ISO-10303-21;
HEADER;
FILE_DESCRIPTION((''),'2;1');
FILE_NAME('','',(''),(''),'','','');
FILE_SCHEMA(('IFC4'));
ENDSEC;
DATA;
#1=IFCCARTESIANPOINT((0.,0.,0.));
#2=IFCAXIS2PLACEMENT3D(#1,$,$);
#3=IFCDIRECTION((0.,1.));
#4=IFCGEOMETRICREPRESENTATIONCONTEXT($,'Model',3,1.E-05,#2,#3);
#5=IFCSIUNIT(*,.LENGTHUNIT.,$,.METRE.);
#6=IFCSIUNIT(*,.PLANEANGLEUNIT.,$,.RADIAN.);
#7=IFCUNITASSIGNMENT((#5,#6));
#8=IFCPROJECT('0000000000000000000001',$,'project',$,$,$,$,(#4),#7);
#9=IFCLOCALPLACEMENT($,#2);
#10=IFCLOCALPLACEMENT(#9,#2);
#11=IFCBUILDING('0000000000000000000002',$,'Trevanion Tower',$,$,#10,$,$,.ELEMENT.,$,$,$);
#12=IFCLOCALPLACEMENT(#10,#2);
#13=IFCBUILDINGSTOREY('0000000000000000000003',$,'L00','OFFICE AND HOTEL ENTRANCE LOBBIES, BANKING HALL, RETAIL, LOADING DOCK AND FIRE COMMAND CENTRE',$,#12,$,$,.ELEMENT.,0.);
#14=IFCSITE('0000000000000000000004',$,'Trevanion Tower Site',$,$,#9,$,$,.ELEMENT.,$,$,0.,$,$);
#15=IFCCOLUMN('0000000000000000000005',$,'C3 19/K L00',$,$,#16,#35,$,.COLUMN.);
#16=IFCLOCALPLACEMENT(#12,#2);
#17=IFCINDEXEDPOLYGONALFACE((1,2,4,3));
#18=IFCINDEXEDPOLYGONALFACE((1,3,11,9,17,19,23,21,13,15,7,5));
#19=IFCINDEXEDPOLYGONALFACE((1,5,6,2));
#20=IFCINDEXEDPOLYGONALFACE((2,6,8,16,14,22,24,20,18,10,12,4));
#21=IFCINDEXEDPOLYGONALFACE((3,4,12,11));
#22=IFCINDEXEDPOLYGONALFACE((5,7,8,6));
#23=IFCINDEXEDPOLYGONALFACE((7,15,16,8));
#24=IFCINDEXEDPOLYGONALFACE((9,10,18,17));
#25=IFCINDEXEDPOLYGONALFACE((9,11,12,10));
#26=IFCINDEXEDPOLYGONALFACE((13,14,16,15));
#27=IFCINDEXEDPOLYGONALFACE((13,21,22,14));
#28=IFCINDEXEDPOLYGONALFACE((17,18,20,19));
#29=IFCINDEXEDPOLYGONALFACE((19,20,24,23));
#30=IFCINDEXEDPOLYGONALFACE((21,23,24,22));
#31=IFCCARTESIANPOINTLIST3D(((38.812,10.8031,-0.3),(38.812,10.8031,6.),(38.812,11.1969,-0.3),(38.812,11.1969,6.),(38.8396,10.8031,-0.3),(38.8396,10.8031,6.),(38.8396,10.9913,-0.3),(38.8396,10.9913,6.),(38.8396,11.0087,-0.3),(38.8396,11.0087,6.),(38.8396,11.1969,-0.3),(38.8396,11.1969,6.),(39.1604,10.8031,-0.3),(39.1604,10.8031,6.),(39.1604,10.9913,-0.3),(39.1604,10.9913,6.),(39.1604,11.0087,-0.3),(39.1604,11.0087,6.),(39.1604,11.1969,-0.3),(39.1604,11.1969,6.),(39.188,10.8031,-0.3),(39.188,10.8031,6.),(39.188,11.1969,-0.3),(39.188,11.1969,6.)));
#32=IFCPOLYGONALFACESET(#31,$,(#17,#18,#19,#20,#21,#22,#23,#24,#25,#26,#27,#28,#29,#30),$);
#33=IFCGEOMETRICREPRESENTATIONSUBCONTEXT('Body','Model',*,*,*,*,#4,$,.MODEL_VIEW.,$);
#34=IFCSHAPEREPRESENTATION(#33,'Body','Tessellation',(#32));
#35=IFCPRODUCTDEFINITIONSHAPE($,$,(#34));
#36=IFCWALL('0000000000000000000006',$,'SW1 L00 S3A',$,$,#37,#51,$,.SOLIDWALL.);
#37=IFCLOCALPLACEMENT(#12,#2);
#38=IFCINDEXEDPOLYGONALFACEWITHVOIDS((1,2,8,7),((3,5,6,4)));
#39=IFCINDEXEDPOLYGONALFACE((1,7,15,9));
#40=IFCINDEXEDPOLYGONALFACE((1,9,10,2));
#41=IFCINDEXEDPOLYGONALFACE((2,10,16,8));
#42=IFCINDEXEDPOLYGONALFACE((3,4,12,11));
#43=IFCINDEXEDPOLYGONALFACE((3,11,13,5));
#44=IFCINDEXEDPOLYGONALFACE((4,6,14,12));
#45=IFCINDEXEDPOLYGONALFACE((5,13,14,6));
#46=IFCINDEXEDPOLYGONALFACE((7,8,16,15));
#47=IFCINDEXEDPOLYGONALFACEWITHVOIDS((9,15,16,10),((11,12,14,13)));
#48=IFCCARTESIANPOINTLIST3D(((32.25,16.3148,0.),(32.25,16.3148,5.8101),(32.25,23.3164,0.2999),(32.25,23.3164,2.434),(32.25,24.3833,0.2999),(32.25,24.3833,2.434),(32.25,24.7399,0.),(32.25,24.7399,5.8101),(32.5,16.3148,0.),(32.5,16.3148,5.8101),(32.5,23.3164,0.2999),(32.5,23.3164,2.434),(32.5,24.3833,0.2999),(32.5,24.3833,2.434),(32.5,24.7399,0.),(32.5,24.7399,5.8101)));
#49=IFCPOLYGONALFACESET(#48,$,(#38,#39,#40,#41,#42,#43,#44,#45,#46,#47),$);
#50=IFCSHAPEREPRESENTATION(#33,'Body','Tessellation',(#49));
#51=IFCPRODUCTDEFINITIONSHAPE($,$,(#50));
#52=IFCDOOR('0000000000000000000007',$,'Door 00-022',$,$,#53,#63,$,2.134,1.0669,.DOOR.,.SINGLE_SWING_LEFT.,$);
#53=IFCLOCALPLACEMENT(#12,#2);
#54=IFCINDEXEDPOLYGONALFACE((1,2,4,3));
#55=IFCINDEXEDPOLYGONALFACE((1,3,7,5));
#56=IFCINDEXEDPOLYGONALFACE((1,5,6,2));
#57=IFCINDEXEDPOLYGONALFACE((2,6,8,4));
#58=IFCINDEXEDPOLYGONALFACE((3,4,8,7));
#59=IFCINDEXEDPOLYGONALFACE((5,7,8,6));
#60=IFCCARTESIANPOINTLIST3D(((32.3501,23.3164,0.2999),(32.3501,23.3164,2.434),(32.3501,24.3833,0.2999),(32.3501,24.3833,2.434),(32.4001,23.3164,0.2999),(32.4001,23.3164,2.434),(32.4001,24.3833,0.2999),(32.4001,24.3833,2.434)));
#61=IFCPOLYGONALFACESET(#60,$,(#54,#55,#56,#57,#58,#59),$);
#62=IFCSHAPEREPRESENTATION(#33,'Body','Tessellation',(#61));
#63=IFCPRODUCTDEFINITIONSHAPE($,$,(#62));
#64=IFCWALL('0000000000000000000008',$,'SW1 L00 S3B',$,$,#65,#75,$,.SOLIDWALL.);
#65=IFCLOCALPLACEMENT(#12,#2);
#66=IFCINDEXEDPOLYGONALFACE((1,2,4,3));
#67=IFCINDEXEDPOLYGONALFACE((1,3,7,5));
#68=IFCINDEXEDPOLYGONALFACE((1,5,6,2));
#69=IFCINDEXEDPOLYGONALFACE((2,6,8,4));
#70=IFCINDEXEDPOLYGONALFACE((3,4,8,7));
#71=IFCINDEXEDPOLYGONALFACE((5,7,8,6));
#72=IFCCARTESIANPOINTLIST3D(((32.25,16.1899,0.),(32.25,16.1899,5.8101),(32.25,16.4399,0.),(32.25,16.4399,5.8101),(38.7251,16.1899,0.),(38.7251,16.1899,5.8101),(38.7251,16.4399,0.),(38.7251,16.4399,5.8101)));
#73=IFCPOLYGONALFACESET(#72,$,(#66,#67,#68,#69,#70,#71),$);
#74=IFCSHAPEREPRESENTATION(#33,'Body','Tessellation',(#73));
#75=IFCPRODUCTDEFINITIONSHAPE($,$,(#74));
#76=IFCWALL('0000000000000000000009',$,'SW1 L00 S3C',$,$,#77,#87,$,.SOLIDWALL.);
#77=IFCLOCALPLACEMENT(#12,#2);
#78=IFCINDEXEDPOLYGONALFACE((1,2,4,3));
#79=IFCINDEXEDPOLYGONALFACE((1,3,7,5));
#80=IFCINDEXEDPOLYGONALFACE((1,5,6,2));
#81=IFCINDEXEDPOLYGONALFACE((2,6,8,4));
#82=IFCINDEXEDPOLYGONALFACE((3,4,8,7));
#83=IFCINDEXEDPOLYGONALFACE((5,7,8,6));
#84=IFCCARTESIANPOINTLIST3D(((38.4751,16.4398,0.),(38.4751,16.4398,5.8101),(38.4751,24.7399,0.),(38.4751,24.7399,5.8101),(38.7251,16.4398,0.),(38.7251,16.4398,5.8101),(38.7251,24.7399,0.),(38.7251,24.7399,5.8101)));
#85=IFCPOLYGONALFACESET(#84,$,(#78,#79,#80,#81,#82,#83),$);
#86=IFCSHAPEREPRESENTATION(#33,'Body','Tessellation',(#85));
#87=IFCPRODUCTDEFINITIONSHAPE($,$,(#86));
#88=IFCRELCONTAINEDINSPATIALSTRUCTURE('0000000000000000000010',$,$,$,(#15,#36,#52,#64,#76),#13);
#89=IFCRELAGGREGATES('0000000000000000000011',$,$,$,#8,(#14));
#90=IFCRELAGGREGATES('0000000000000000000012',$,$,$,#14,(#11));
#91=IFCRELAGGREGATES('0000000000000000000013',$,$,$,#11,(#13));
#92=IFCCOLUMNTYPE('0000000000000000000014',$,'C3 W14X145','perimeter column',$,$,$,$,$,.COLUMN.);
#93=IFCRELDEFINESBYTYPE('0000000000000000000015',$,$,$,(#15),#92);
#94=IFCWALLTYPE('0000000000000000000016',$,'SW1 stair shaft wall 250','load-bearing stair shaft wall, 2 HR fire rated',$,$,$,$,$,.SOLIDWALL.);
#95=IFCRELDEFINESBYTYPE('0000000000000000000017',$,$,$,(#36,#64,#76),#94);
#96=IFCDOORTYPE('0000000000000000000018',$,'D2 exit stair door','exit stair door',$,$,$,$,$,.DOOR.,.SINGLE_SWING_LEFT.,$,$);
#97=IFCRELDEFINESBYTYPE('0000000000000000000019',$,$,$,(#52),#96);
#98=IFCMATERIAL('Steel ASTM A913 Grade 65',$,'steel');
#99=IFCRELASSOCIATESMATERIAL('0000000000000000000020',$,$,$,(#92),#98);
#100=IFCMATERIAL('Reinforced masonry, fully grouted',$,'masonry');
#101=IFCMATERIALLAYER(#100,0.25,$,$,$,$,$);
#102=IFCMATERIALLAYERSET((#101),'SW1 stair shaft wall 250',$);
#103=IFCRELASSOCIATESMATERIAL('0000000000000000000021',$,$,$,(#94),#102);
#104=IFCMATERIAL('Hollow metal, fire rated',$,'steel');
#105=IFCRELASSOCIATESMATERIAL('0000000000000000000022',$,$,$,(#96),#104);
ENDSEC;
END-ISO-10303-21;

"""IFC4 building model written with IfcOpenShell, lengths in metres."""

from ifc_helpers import new_model, si_unit, direction, frame, frame_2d, origin, origin_2d, place, context, subcontext, project, spatial, rectangle, i_section, extrude, material, layer, layer_set, material_profile, profile_set, type_object, element, fill, save


model = new_model("IFC4")

# Units and contexts
model_context = context("Model", 3, precision=1e-05, world=origin(), true_north=direction((0.0, 1.0)))
body_context = subcontext(model_context, "Body", "Model", "MODEL_VIEW")
ifc_project = project(units=[si_unit("LENGTHUNIT", "METRE"), si_unit("PLANEANGLEUNIT", "RADIAN")], contexts=[model_context])

# Site, building, storey
site_placement = place(None, origin())
site = spatial("IfcSite", under=ifc_project, at=site_placement, Name="Trevanion Tower Site", CompositionType="ELEMENT", RefElevation=0.0)
building_placement = place(site_placement, origin())
building = spatial("IfcBuilding", under=site, at=building_placement, Name="Trevanion Tower", CompositionType="ELEMENT")
storey_placement = place(building_placement, origin())
storey = spatial("IfcBuildingStorey", under=building, at=storey_placement, Name="L00", Description="OFFICE AND HOTEL ENTRANCE LOBBIES, BANKING HALL, RETAIL, LOADING DOCK AND FIRE COMMAND CENTRE", CompositionType="ELEMENT", Elevation=0.0)

# Column
ifc_material_1 = material(Name="Steel ASTM A913 Grade 65", Category="steel")
ifc_material_profile_1 = material_profile(ifc_material_1, i_section(OverallWidth=0.3938, OverallDepth=0.376, WebThickness=0.0173, FlangeThickness=0.0276, at=origin_2d()), Name="W14X145")
ifc_profile_set_1 = profile_set([ifc_material_profile_1], Name="Steel ASTM A913 Grade 65")
column_type_1 = type_object("IfcColumnType", Name="C3 W14X145", Description="perimeter column", PredefinedType="COLUMN", material=ifc_profile_set_1)
for number, where, z_axis, x_axis, name in (
    (1, (39.0, 11.0, -0.3), (0.0, 0.0, 1.0), (0.0, 1.0, 0.0), "C3 19/K L00"),
):
    element("IfcColumn", number, at=place(storey_placement, frame(where, z_axis=z_axis, x_axis=x_axis)), inside=storey, type_object=column_type_1, Name=name, PredefinedType="COLUMN", context=body_context, shape_type="SweptSolid", body=[
        extrude(i_section(OverallWidth=0.3938, OverallDepth=0.376, WebThickness=0.0173, FlangeThickness=0.0276, at=origin_2d()), origin(), (0.0, 0.0, 1.0), 6.3),
    ])

# Wall, opening, door
ifc_material_2 = material(Name="Reinforced masonry, fully grouted", Category="masonry")
ifc_layer = layer(ifc_material_2, 0.25)
ifc_layer_set = layer_set([ifc_layer], Name="SW1 stair shaft wall 250")
wall_type = type_object("IfcWallType", Name="SW1 stair shaft wall 250", Description="load-bearing stair shaft wall, 2 HR fire rated", PredefinedType="SOLIDWALL", material=ifc_layer_set)
wall_1_placement = place(storey_placement, frame((32.375, 16.3149, 0.0), z_axis=(0.0, 0.0, 1.0), x_axis=(0.0, 1.0, 0.0)))
wall_1 = element("IfcWall", 2, at=wall_1_placement, inside=storey, type_object=wall_type, Name="SW1 L00 S3A", PredefinedType="SOLIDWALL", context=body_context, shape_type="SweptSolid", body=[
    extrude(rectangle(XDim=8.425, YDim=0.25, at=frame_2d((4.2124, 0.0))), origin(), (0.0, 0.0, 1.0), 5.8101),
])
opening_placement = place(wall_1_placement, frame((7.0015, 0.0, 0.3)))
opening = element("IfcOpeningElement", 3, at=opening_placement, cuts=wall_1, PredefinedType="OPENING", context=body_context, shape_type="SweptSolid", body=[
    extrude(rectangle(XDim=1.0669, YDim=2.134, at=frame_2d((0.5334, 1.0669))), frame((0.0, 0.135, 0.0), z_axis=(0.0, -1.0, 0.0), x_axis=(1.0, 0.0, 0.0)), (0.0, 0.0, 1.0), 0.27),
])
ifc_material_3 = material(Name="Hollow metal, fire rated", Category="steel")
door_type = type_object("IfcDoorType", Name="D2 exit stair door", Description="exit stair door", OperationType="SINGLE_SWING_LEFT", PredefinedType="DOOR", material=ifc_material_3)
door_placement = place(opening_placement, origin())
door = element("IfcDoor", 4, at=door_placement, inside=storey, type_object=door_type, Name="Door 00-022", OperationType="SINGLE_SWING_LEFT", OverallHeight=2.134, OverallWidth=1.0669, PredefinedType="DOOR", context=body_context, shape_type="SweptSolid", body=[
    extrude(rectangle(XDim=1.0669, YDim=2.134, at=frame_2d((0.5334, 1.0669))), frame((0.0, 0.0249, 0.0), z_axis=(0.0, -1.0, 0.0), x_axis=(1.0, 0.0, 0.0)), (0.0, 0.0, 1.0), 0.05),
])
fill(opening, door)

# Walls
wall_2_placement = place(storey_placement, frame((32.25, 16.3149, 0.0), z_axis=(0.0, 0.0, 1.0), x_axis=(1.0, 0.0, 0.0)))
element("IfcWall", 5, at=wall_2_placement, inside=storey, type_object=wall_type, Name="SW1 L00 S3B", PredefinedType="SOLIDWALL", context=body_context, shape_type="SweptSolid", body=[
    extrude(rectangle(XDim=6.4751, YDim=0.25, at=frame_2d((3.2375, 0.0))), origin(), (0.0, 0.0, 1.0), 5.8101),
])
wall_3_placement = place(storey_placement, frame((38.6001, 16.4399, 0.0), z_axis=(0.0, 0.0, 1.0), x_axis=(0.0, 1.0, 0.0)))
element("IfcWall", 6, at=wall_3_placement, inside=storey, type_object=wall_type, Name="SW1 L00 S3C", PredefinedType="SOLIDWALL", context=body_context, shape_type="SweptSolid", body=[
    extrude(rectangle(XDim=8.3, YDim=0.25, at=frame_2d((4.1499, 0.0))), origin(), (0.0, 0.0, 1.0), 5.8101),
])

save(model, "model.ifc")
